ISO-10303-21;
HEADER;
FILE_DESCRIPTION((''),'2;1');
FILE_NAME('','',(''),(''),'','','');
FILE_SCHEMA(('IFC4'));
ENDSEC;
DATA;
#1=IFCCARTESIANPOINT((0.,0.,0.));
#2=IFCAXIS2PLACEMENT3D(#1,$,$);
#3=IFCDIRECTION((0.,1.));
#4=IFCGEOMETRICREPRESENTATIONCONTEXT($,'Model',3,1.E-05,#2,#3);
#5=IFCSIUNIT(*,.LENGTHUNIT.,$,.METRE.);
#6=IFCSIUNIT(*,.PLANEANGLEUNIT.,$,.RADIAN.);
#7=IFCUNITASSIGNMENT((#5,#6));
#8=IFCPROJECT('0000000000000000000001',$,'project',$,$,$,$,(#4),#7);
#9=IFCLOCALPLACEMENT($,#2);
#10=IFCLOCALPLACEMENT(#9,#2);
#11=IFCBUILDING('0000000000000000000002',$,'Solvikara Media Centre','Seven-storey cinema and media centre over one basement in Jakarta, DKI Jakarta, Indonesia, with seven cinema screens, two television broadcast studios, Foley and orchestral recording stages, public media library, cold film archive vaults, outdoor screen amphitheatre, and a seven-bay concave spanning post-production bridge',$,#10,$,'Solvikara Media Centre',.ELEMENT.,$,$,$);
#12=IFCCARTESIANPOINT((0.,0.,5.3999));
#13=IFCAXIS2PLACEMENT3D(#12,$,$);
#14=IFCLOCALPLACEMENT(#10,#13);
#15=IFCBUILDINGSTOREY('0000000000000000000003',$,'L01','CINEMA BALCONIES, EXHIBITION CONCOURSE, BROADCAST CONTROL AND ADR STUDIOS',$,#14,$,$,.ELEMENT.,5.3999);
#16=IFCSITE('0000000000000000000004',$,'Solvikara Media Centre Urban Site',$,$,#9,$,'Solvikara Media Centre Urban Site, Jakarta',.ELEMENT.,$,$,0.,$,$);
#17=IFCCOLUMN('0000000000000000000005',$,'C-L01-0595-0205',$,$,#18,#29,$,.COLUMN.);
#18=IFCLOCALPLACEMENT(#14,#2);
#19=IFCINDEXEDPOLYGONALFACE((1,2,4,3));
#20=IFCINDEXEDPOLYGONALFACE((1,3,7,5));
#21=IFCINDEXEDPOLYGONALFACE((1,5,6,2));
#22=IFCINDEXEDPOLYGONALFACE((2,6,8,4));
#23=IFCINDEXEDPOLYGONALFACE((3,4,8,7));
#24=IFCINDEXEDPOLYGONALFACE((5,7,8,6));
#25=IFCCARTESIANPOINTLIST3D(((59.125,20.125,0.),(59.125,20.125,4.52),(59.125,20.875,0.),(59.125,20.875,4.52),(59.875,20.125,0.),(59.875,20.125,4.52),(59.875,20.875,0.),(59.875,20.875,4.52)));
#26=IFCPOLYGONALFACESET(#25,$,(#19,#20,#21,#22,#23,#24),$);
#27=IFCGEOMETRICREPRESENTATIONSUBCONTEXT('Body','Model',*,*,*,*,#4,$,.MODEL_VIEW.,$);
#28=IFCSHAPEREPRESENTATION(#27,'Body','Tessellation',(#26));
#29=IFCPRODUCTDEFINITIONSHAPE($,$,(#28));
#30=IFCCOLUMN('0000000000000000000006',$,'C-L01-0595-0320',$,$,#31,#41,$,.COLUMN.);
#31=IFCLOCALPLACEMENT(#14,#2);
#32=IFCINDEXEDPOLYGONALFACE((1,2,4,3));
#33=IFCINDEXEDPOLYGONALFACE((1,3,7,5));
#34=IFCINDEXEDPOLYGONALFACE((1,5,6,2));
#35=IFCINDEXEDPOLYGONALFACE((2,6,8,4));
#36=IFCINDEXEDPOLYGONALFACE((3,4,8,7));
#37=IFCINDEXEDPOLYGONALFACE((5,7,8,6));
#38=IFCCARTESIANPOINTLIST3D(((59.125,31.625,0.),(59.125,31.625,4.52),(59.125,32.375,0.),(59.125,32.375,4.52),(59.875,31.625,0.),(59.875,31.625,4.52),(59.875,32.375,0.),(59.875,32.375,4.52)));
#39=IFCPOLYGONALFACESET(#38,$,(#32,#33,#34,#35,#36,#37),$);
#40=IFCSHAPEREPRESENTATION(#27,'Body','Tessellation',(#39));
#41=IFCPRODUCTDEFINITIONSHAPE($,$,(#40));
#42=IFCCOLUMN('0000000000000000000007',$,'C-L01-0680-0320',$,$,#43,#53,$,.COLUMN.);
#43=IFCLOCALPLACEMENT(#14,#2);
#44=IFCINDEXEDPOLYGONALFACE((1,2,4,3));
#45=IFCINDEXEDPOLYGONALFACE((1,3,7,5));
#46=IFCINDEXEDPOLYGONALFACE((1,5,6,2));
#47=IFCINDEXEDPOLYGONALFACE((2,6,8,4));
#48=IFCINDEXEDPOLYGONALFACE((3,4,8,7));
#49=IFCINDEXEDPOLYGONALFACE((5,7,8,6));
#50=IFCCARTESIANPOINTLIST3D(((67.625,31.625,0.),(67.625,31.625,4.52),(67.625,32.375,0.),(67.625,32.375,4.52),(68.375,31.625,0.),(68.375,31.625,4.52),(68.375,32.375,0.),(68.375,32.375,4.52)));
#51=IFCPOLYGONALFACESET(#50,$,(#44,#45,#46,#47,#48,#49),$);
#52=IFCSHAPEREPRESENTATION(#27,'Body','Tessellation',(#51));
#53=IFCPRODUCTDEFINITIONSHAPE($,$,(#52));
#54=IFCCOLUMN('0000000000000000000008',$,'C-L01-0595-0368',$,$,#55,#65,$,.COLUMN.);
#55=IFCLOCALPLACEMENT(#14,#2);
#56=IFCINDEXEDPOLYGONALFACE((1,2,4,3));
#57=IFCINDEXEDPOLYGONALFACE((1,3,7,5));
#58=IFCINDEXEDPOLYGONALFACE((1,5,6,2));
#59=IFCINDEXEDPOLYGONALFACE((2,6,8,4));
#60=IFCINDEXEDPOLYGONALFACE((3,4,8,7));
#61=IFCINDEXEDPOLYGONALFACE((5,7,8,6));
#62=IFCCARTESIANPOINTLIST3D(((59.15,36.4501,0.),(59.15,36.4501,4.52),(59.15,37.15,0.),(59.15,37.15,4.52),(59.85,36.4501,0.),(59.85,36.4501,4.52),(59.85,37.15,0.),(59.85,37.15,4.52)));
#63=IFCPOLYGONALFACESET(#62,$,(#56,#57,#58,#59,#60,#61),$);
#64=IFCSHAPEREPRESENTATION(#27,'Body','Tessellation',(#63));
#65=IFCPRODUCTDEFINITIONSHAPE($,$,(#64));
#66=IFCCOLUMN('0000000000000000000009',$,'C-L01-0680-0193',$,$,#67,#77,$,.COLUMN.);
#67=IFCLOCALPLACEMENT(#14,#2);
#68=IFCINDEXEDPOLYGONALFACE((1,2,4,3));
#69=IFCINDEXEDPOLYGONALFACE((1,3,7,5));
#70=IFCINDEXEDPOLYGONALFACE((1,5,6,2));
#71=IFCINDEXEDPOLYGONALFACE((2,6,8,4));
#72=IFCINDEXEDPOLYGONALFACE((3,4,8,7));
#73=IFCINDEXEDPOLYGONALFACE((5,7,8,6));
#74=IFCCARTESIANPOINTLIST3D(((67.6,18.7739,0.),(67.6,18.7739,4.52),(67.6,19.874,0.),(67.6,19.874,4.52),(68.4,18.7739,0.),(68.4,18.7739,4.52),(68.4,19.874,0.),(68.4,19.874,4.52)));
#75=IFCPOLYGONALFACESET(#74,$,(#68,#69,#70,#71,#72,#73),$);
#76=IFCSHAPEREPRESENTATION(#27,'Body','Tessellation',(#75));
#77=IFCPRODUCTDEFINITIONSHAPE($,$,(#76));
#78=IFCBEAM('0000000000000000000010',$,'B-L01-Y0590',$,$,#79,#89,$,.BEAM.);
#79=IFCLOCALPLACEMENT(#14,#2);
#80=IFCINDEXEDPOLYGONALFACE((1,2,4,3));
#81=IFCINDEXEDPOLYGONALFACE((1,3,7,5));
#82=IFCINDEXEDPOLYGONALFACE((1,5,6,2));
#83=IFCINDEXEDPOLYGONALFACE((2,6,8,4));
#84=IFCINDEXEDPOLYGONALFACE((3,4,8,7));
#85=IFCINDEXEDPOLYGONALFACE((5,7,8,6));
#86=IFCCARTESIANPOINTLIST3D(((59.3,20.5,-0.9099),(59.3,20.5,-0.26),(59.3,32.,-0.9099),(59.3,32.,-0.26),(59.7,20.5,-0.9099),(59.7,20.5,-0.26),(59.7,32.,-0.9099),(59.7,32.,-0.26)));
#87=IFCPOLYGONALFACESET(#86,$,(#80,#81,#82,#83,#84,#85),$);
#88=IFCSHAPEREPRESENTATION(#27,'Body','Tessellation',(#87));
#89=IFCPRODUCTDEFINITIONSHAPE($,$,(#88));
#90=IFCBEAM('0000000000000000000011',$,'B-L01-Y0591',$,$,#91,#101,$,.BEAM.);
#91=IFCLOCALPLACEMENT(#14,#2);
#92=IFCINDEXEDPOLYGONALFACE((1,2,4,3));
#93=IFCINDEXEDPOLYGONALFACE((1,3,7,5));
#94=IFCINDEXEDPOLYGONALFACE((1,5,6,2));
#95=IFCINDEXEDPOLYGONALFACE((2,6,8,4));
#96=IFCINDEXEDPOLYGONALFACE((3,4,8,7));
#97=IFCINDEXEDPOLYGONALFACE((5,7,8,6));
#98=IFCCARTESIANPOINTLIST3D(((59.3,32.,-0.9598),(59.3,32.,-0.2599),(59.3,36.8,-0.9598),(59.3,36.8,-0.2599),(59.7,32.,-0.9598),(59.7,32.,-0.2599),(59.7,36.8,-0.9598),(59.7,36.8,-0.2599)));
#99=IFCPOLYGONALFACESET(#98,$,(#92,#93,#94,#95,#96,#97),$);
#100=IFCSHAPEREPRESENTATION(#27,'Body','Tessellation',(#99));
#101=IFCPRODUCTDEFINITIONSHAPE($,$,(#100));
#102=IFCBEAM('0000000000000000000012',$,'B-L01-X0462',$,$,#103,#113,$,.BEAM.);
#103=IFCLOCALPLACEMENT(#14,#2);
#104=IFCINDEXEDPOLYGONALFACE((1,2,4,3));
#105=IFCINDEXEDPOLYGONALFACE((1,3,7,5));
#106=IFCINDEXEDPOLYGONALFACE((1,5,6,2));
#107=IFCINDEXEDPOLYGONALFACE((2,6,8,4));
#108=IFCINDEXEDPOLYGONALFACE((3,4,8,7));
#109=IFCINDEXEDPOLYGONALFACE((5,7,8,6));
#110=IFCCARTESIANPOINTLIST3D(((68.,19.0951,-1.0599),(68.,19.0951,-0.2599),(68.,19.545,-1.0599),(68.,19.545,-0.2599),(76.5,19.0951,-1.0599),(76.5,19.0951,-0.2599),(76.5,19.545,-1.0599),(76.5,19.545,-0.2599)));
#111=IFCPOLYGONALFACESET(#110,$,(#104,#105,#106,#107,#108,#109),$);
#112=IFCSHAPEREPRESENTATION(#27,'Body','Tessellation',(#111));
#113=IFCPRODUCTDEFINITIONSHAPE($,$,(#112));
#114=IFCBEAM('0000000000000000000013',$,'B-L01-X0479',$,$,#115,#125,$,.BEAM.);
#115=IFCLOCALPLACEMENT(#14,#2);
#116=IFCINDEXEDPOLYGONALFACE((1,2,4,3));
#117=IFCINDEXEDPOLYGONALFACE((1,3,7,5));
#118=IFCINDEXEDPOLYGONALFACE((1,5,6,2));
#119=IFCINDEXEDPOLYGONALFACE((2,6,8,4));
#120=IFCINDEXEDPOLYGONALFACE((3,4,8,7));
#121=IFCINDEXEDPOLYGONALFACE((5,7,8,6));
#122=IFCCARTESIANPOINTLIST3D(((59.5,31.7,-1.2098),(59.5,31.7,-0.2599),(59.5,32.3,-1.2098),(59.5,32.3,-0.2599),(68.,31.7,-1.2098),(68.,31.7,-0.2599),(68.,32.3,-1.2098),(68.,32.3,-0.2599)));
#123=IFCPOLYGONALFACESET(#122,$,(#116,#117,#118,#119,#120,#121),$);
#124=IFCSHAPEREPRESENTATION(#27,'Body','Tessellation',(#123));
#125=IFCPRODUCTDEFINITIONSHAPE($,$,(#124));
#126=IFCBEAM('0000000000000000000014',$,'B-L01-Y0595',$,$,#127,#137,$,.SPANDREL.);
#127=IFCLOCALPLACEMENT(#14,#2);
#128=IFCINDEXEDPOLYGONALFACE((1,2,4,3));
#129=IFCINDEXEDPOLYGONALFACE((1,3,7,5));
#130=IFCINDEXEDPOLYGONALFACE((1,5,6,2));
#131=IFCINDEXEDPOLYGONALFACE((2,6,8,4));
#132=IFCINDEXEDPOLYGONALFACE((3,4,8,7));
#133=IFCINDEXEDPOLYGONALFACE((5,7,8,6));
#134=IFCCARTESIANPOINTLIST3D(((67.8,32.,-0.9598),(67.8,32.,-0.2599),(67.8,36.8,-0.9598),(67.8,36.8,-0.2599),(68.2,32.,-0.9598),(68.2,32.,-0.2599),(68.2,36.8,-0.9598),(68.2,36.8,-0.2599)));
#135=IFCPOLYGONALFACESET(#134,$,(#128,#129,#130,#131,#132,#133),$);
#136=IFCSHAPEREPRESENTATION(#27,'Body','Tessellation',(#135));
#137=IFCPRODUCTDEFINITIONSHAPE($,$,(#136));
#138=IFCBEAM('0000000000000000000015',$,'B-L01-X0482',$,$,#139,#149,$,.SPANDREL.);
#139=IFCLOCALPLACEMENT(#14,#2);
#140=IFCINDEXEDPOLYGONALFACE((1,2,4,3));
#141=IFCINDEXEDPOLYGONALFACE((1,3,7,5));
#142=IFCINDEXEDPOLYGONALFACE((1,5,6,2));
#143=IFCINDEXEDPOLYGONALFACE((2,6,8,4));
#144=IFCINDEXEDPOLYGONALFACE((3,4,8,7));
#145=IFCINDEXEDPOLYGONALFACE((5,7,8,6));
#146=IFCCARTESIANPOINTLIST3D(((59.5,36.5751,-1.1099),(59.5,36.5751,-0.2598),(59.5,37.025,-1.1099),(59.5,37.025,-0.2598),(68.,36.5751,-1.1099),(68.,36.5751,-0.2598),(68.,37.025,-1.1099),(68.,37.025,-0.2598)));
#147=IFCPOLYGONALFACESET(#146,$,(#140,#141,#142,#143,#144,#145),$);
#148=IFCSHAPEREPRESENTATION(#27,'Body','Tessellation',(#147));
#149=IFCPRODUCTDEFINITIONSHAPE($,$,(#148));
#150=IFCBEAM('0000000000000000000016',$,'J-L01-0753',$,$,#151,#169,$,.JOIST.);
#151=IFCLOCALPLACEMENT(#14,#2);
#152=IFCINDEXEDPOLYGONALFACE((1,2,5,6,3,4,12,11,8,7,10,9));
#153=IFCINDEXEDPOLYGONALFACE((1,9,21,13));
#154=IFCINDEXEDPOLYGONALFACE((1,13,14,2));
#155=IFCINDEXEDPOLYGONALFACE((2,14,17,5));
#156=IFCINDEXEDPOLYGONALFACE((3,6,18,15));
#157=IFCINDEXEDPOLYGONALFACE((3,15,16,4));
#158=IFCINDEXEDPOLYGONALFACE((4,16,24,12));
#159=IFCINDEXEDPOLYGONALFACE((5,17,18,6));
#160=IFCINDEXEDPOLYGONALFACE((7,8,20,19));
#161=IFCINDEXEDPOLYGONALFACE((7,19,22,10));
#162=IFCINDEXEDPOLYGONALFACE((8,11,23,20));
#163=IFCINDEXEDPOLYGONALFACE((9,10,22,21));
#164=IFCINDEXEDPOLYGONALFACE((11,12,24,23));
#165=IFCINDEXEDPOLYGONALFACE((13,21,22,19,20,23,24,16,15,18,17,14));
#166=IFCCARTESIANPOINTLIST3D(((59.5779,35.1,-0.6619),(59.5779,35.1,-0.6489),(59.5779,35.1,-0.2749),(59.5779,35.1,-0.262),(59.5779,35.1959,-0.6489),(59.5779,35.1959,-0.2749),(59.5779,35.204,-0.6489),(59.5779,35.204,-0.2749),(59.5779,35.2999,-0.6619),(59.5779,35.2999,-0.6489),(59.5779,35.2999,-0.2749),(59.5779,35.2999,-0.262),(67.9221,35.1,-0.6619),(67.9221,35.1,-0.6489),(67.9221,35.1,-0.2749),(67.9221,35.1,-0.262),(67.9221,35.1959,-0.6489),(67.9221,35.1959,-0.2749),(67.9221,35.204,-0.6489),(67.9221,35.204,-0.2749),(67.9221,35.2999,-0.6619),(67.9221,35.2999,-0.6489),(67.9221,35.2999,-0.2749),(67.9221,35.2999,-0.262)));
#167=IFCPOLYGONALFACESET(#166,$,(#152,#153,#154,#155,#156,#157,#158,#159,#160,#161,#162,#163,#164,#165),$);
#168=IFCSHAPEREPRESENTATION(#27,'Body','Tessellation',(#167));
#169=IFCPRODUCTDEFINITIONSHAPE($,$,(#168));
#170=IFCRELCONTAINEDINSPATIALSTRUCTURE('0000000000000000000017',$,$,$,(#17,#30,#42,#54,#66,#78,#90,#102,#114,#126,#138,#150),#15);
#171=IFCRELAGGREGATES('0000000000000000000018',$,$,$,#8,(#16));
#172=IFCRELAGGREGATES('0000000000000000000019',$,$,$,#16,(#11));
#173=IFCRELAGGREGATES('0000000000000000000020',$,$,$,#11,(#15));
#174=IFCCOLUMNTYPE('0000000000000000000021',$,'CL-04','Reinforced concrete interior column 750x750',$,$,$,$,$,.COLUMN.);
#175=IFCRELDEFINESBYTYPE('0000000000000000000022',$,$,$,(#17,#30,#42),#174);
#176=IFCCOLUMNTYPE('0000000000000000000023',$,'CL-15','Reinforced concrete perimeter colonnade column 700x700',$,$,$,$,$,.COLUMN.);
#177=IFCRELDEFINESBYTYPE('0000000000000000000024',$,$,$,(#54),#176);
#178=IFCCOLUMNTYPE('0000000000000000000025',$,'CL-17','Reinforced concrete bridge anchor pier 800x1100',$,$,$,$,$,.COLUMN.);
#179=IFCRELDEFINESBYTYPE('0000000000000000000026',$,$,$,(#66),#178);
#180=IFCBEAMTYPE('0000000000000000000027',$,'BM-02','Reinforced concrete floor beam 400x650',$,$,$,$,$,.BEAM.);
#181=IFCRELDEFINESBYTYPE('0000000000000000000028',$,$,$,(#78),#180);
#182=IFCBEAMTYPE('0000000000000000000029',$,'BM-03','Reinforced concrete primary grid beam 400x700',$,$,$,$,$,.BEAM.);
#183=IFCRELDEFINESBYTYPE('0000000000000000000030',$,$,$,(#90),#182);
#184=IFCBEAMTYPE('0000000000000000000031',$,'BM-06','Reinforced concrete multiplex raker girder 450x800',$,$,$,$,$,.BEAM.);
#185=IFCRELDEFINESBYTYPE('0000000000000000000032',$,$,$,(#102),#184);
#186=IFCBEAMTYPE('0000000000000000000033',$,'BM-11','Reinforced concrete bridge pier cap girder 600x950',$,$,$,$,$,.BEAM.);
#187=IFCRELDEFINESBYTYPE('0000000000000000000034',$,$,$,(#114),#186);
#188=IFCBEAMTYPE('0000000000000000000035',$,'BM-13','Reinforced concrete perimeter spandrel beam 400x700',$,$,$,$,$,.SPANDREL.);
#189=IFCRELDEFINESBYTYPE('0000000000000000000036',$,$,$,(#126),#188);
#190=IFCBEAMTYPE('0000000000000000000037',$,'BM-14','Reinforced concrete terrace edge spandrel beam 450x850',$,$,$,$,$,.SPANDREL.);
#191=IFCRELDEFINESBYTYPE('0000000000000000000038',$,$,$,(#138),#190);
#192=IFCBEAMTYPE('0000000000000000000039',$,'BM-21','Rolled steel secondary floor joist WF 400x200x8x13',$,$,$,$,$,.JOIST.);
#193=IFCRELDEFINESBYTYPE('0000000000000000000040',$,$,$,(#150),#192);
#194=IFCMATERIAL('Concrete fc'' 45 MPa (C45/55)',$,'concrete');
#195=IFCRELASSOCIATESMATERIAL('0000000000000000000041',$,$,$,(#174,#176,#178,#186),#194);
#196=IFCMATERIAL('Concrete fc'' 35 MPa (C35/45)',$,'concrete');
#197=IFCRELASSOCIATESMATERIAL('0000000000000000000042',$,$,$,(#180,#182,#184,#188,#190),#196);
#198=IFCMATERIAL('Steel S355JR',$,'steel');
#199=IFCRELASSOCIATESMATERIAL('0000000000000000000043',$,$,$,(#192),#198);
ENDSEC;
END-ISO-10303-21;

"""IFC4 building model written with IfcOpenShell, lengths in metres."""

from ifc_helpers import new_model, si_unit, direction, frame, origin, origin_2d, place, context, subcontext, project, spatial, rectangle, i_section, extrude, material, material_profile, profile_set, type_object, element, save


model = new_model("IFC4")

# Units and contexts
model_context = context("Model", 3, precision=1e-05, world=origin(), true_north=direction((0.0, 1.0)))
body_context = subcontext(model_context, "Body", "Model", "MODEL_VIEW")
ifc_project = project(units=[si_unit("LENGTHUNIT", "METRE"), si_unit("PLANEANGLEUNIT", "RADIAN")], contexts=[model_context])

# Site, building, storey
site_placement = place(None, origin())
site = spatial("IfcSite", under=ifc_project, at=site_placement, Name="Solvikara Media Centre Urban Site", LongName="Solvikara Media Centre Urban Site, Jakarta", CompositionType="ELEMENT", RefElevation=0.0)
building_placement = place(site_placement, origin())
building = spatial("IfcBuilding", under=site, at=building_placement, Name="Solvikara Media Centre", Description="Seven-storey cinema and media centre over one basement in Jakarta, DKI Jakarta, Indonesia, with seven cinema screens, two television broadcast studios, Foley and orchestral recording stages, public media library, cold film archive vaults, outdoor screen amphitheatre, and a seven-bay concave spanning post-production bridge", LongName="Solvikara Media Centre", CompositionType="ELEMENT")
storey_placement = place(building_placement, frame((0.0, 0.0, 5.3999)))
storey = spatial("IfcBuildingStorey", under=building, at=storey_placement, Name="L01", Description="CINEMA BALCONIES, EXHIBITION CONCOURSE, BROADCAST CONTROL AND ADR STUDIOS", CompositionType="ELEMENT", Elevation=5.3999)

# Columns
ifc_material_1 = material(Name="Concrete fc' 45 MPa (C45/55)", Category="concrete")
ifc_material_profile_1 = material_profile(ifc_material_1, rectangle(XDim=0.75, YDim=0.75, at=origin_2d()), Name="RC 750x750")
ifc_profile_set_1 = profile_set([ifc_material_profile_1], Name="Concrete fc' 45 MPa (C45/55)")
column_type_1 = type_object("IfcColumnType", Name="CL-04", Description="Reinforced concrete interior column 750x750", PredefinedType="COLUMN", material=ifc_profile_set_1)
for number, where, z_axis, x_axis, name in (
    (1, (59.5, 20.5, 0.0), (0.0, 0.0, 1.0), (1.0, 0.0, 0.0), "C-L01-0595-0205"),
    (2, (59.5, 32.0, 0.0), (0.0, 0.0, 1.0), (1.0, 0.0, 0.0), "C-L01-0595-0320"),
    (3, (68.0, 32.0, 0.0), (0.0, 0.0, 1.0), (1.0, 0.0, 0.0), "C-L01-0680-0320"),
):
    element("IfcColumn", number, at=place(storey_placement, frame(where, z_axis=z_axis, x_axis=x_axis)), inside=storey, type_object=column_type_1, Name=name, PredefinedType="COLUMN", context=body_context, shape_type="SweptSolid", body=[
        extrude(rectangle(XDim=0.75, YDim=0.75, at=origin_2d()), origin(), (0.0, 0.0, 1.0), 4.52),
    ])
ifc_material_profile_2 = material_profile(ifc_material_1, rectangle(XDim=0.7, YDim=0.7, at=origin_2d()), Name="RC 700x700")
ifc_profile_set_2 = profile_set([ifc_material_profile_2], Name="Concrete fc' 45 MPa (C45/55)")
column_type_2 = type_object("IfcColumnType", Name="CL-15", Description="Reinforced concrete perimeter colonnade column 700x700", PredefinedType="COLUMN", material=ifc_profile_set_2)
column_1_placement = place(storey_placement, frame((59.5, 36.8, 0.0), z_axis=(0.0, 0.0, 1.0), x_axis=(1.0, 0.0, 0.0)))
element("IfcColumn", 4, at=column_1_placement, inside=storey, type_object=column_type_2, Name="C-L01-0595-0368", PredefinedType="COLUMN", context=body_context, shape_type="SweptSolid", body=[
    extrude(rectangle(XDim=0.7, YDim=0.7, at=origin_2d()), origin(), (0.0, 0.0, 1.0), 4.52),
])
ifc_material_profile_3 = material_profile(ifc_material_1, rectangle(XDim=0.8, YDim=1.1001, at=origin_2d()), Name="RC 800x1100")
ifc_profile_set_3 = profile_set([ifc_material_profile_3], Name="Concrete fc' 45 MPa (C45/55)")
column_type_3 = type_object("IfcColumnType", Name="CL-17", Description="Reinforced concrete bridge anchor pier 800x1100", PredefinedType="COLUMN", material=ifc_profile_set_3)
column_2_placement = place(storey_placement, frame((68.0, 19.324, 0.0), z_axis=(0.0, 0.0, 1.0), x_axis=(1.0, 0.0, 0.0)))
element("IfcColumn", 5, at=column_2_placement, inside=storey, type_object=column_type_3, Name="C-L01-0680-0193", PredefinedType="COLUMN", context=body_context, shape_type="SweptSolid", body=[
    extrude(rectangle(XDim=0.8, YDim=1.1001, at=origin_2d()), origin(), (0.0, 0.0, 1.0), 4.52),
])

# Beams
ifc_material_2 = material(Name="Concrete fc' 35 MPa (C35/45)", Category="concrete")
ifc_material_profile_4 = material_profile(ifc_material_2, rectangle(XDim=0.3999, YDim=0.6499, at=origin_2d()), Name="RC 400x650")
ifc_profile_set_4 = profile_set([ifc_material_profile_4], Name="Concrete fc' 35 MPa (C35/45)")
beam_type_1 = type_object("IfcBeamType", Name="BM-02", Description="Reinforced concrete floor beam 400x650", PredefinedType="BEAM", material=ifc_profile_set_4)
beam_1_placement = place(storey_placement, frame((59.5, 20.5, -0.585), z_axis=(0.0, 1.0, 0.0), x_axis=(-1.0, 0.0, 0.0)))
element("IfcBeam", 6, at=beam_1_placement, inside=storey, type_object=beam_type_1, Name="B-L01-Y0590", PredefinedType="BEAM", context=body_context, shape_type="SweptSolid", body=[
    extrude(rectangle(XDim=0.3999, YDim=0.6499, at=origin_2d()), origin(), (0.0, 0.0, 1.0), 11.5),
])
ifc_material_profile_5 = material_profile(ifc_material_2, rectangle(XDim=0.3999, YDim=0.7, at=origin_2d()), Name="RC 400x700")
ifc_profile_set_5 = profile_set([ifc_material_profile_5], Name="Concrete fc' 35 MPa (C35/45)")
beam_type_2 = type_object("IfcBeamType", Name="BM-03", Description="Reinforced concrete primary grid beam 400x700", PredefinedType="BEAM", material=ifc_profile_set_5)
beam_2_placement = place(storey_placement, frame((59.5, 32.0, -0.6099), z_axis=(0.0, 1.0, 0.0), x_axis=(-1.0, 0.0, 0.0)))
element("IfcBeam", 7, at=beam_2_placement, inside=storey, type_object=beam_type_2, Name="B-L01-Y0591", PredefinedType="BEAM", context=body_context, shape_type="SweptSolid", body=[
    extrude(rectangle(XDim=0.3999, YDim=0.7, at=origin_2d()), origin(), (0.0, 0.0, 1.0), 4.8),
])
ifc_material_profile_6 = material_profile(ifc_material_2, rectangle(XDim=0.45, YDim=0.8, at=origin_2d()), Name="RC 450x800")
ifc_profile_set_6 = profile_set([ifc_material_profile_6], Name="Concrete fc' 35 MPa (C35/45)")
beam_type_3 = type_object("IfcBeamType", Name="BM-06", Description="Reinforced concrete multiplex raker girder 450x800", PredefinedType="BEAM", material=ifc_profile_set_6)
beam_3_placement = place(storey_placement, frame((68.0, 19.3201, -0.6599), z_axis=(1.0, 0.0, 0.0), x_axis=(0.0, 1.0, 0.0)))
element("IfcBeam", 8, at=beam_3_placement, inside=storey, type_object=beam_type_3, Name="B-L01-X0462", PredefinedType="BEAM", context=body_context, shape_type="SweptSolid", body=[
    extrude(rectangle(XDim=0.45, YDim=0.8, at=origin_2d()), origin(), (0.0, 0.0, 1.0), 8.5),
])
ifc_material_profile_7 = material_profile(ifc_material_1, rectangle(XDim=0.6001, YDim=0.95, at=origin_2d()), Name="RC 600x950")
ifc_profile_set_7 = profile_set([ifc_material_profile_7], Name="Concrete fc' 45 MPa (C45/55)")
beam_type_4 = type_object("IfcBeamType", Name="BM-11", Description="Reinforced concrete bridge pier cap girder 600x950", PredefinedType="BEAM", material=ifc_profile_set_7)
beam_4_placement = place(storey_placement, frame((59.5, 32.0, -0.7349), z_axis=(1.0, 0.0, 0.0), x_axis=(0.0, 1.0, 0.0)))
element("IfcBeam", 9, at=beam_4_placement, inside=storey, type_object=beam_type_4, Name="B-L01-X0479", PredefinedType="BEAM", context=body_context, shape_type="SweptSolid", body=[
    extrude(rectangle(XDim=0.6001, YDim=0.95, at=origin_2d()), origin(), (0.0, 0.0, 1.0), 8.5),
])
ifc_material_profile_8 = material_profile(ifc_material_2, rectangle(XDim=0.3999, YDim=0.7, at=origin_2d()), Name="RC 400x700")
ifc_profile_set_8 = profile_set([ifc_material_profile_8], Name="Concrete fc' 35 MPa (C35/45)")
beam_type_5 = type_object("IfcBeamType", Name="BM-13", Description="Reinforced concrete perimeter spandrel beam 400x700", PredefinedType="SPANDREL", material=ifc_profile_set_8)
beam_5_placement = place(storey_placement, frame((68.0, 32.0, -0.6099), z_axis=(0.0, 1.0, 0.0), x_axis=(-1.0, 0.0, 0.0)))
element("IfcBeam", 10, at=beam_5_placement, inside=storey, type_object=beam_type_5, Name="B-L01-Y0595", PredefinedType="SPANDREL", context=body_context, shape_type="SweptSolid", body=[
    extrude(rectangle(XDim=0.3999, YDim=0.7, at=origin_2d()), origin(), (0.0, 0.0, 1.0), 4.8),
])
ifc_material_profile_9 = material_profile(ifc_material_2, rectangle(XDim=0.45, YDim=0.8501, at=origin_2d()), Name="RC 450x850")
ifc_profile_set_9 = profile_set([ifc_material_profile_9], Name="Concrete fc' 35 MPa (C35/45)")
beam_type_6 = type_object("IfcBeamType", Name="BM-14", Description="Reinforced concrete terrace edge spandrel beam 450x850", PredefinedType="SPANDREL", material=ifc_profile_set_9)
beam_6_placement = place(storey_placement, frame((59.5, 36.8, -0.6848), z_axis=(1.0, 0.0, 0.0), x_axis=(0.0, 1.0, 0.0)))
element("IfcBeam", 11, at=beam_6_placement, inside=storey, type_object=beam_type_6, Name="B-L01-X0482", PredefinedType="SPANDREL", context=body_context, shape_type="SweptSolid", body=[
    extrude(rectangle(XDim=0.45, YDim=0.8501, at=origin_2d()), origin(), (0.0, 0.0, 1.0), 8.5),
])
ifc_material_3 = material(Name="Steel S355JR", Category="steel")
ifc_material_profile_10 = material_profile(ifc_material_3, i_section(OverallWidth=0.2, OverallDepth=0.3999, WebThickness=0.0081, FlangeThickness=0.0129, at=origin_2d()), Name="WF 400x200x8x13")
ifc_profile_set_10 = profile_set([ifc_material_profile_10], Name="Steel S355JR")
beam_type_7 = type_object("IfcBeamType", Name="BM-21", Description="Rolled steel secondary floor joist WF 400x200x8x13", PredefinedType="JOIST", material=ifc_profile_set_10)
beam_7_placement = place(storey_placement, frame((59.5779, 35.2, -0.4619), z_axis=(1.0, 0.0, 0.0), x_axis=(0.0, 1.0, 0.0)))
element("IfcBeam", 12, at=beam_7_placement, inside=storey, type_object=beam_type_7, Name="J-L01-0753", PredefinedType="JOIST", context=body_context, shape_type="SweptSolid", body=[
    extrude(i_section(OverallWidth=0.2, OverallDepth=0.3999, WebThickness=0.0081, FlangeThickness=0.0129, at=origin_2d()), origin(), (0.0, 0.0, 1.0), 8.3442),
])

save(model, "model.ifc")
